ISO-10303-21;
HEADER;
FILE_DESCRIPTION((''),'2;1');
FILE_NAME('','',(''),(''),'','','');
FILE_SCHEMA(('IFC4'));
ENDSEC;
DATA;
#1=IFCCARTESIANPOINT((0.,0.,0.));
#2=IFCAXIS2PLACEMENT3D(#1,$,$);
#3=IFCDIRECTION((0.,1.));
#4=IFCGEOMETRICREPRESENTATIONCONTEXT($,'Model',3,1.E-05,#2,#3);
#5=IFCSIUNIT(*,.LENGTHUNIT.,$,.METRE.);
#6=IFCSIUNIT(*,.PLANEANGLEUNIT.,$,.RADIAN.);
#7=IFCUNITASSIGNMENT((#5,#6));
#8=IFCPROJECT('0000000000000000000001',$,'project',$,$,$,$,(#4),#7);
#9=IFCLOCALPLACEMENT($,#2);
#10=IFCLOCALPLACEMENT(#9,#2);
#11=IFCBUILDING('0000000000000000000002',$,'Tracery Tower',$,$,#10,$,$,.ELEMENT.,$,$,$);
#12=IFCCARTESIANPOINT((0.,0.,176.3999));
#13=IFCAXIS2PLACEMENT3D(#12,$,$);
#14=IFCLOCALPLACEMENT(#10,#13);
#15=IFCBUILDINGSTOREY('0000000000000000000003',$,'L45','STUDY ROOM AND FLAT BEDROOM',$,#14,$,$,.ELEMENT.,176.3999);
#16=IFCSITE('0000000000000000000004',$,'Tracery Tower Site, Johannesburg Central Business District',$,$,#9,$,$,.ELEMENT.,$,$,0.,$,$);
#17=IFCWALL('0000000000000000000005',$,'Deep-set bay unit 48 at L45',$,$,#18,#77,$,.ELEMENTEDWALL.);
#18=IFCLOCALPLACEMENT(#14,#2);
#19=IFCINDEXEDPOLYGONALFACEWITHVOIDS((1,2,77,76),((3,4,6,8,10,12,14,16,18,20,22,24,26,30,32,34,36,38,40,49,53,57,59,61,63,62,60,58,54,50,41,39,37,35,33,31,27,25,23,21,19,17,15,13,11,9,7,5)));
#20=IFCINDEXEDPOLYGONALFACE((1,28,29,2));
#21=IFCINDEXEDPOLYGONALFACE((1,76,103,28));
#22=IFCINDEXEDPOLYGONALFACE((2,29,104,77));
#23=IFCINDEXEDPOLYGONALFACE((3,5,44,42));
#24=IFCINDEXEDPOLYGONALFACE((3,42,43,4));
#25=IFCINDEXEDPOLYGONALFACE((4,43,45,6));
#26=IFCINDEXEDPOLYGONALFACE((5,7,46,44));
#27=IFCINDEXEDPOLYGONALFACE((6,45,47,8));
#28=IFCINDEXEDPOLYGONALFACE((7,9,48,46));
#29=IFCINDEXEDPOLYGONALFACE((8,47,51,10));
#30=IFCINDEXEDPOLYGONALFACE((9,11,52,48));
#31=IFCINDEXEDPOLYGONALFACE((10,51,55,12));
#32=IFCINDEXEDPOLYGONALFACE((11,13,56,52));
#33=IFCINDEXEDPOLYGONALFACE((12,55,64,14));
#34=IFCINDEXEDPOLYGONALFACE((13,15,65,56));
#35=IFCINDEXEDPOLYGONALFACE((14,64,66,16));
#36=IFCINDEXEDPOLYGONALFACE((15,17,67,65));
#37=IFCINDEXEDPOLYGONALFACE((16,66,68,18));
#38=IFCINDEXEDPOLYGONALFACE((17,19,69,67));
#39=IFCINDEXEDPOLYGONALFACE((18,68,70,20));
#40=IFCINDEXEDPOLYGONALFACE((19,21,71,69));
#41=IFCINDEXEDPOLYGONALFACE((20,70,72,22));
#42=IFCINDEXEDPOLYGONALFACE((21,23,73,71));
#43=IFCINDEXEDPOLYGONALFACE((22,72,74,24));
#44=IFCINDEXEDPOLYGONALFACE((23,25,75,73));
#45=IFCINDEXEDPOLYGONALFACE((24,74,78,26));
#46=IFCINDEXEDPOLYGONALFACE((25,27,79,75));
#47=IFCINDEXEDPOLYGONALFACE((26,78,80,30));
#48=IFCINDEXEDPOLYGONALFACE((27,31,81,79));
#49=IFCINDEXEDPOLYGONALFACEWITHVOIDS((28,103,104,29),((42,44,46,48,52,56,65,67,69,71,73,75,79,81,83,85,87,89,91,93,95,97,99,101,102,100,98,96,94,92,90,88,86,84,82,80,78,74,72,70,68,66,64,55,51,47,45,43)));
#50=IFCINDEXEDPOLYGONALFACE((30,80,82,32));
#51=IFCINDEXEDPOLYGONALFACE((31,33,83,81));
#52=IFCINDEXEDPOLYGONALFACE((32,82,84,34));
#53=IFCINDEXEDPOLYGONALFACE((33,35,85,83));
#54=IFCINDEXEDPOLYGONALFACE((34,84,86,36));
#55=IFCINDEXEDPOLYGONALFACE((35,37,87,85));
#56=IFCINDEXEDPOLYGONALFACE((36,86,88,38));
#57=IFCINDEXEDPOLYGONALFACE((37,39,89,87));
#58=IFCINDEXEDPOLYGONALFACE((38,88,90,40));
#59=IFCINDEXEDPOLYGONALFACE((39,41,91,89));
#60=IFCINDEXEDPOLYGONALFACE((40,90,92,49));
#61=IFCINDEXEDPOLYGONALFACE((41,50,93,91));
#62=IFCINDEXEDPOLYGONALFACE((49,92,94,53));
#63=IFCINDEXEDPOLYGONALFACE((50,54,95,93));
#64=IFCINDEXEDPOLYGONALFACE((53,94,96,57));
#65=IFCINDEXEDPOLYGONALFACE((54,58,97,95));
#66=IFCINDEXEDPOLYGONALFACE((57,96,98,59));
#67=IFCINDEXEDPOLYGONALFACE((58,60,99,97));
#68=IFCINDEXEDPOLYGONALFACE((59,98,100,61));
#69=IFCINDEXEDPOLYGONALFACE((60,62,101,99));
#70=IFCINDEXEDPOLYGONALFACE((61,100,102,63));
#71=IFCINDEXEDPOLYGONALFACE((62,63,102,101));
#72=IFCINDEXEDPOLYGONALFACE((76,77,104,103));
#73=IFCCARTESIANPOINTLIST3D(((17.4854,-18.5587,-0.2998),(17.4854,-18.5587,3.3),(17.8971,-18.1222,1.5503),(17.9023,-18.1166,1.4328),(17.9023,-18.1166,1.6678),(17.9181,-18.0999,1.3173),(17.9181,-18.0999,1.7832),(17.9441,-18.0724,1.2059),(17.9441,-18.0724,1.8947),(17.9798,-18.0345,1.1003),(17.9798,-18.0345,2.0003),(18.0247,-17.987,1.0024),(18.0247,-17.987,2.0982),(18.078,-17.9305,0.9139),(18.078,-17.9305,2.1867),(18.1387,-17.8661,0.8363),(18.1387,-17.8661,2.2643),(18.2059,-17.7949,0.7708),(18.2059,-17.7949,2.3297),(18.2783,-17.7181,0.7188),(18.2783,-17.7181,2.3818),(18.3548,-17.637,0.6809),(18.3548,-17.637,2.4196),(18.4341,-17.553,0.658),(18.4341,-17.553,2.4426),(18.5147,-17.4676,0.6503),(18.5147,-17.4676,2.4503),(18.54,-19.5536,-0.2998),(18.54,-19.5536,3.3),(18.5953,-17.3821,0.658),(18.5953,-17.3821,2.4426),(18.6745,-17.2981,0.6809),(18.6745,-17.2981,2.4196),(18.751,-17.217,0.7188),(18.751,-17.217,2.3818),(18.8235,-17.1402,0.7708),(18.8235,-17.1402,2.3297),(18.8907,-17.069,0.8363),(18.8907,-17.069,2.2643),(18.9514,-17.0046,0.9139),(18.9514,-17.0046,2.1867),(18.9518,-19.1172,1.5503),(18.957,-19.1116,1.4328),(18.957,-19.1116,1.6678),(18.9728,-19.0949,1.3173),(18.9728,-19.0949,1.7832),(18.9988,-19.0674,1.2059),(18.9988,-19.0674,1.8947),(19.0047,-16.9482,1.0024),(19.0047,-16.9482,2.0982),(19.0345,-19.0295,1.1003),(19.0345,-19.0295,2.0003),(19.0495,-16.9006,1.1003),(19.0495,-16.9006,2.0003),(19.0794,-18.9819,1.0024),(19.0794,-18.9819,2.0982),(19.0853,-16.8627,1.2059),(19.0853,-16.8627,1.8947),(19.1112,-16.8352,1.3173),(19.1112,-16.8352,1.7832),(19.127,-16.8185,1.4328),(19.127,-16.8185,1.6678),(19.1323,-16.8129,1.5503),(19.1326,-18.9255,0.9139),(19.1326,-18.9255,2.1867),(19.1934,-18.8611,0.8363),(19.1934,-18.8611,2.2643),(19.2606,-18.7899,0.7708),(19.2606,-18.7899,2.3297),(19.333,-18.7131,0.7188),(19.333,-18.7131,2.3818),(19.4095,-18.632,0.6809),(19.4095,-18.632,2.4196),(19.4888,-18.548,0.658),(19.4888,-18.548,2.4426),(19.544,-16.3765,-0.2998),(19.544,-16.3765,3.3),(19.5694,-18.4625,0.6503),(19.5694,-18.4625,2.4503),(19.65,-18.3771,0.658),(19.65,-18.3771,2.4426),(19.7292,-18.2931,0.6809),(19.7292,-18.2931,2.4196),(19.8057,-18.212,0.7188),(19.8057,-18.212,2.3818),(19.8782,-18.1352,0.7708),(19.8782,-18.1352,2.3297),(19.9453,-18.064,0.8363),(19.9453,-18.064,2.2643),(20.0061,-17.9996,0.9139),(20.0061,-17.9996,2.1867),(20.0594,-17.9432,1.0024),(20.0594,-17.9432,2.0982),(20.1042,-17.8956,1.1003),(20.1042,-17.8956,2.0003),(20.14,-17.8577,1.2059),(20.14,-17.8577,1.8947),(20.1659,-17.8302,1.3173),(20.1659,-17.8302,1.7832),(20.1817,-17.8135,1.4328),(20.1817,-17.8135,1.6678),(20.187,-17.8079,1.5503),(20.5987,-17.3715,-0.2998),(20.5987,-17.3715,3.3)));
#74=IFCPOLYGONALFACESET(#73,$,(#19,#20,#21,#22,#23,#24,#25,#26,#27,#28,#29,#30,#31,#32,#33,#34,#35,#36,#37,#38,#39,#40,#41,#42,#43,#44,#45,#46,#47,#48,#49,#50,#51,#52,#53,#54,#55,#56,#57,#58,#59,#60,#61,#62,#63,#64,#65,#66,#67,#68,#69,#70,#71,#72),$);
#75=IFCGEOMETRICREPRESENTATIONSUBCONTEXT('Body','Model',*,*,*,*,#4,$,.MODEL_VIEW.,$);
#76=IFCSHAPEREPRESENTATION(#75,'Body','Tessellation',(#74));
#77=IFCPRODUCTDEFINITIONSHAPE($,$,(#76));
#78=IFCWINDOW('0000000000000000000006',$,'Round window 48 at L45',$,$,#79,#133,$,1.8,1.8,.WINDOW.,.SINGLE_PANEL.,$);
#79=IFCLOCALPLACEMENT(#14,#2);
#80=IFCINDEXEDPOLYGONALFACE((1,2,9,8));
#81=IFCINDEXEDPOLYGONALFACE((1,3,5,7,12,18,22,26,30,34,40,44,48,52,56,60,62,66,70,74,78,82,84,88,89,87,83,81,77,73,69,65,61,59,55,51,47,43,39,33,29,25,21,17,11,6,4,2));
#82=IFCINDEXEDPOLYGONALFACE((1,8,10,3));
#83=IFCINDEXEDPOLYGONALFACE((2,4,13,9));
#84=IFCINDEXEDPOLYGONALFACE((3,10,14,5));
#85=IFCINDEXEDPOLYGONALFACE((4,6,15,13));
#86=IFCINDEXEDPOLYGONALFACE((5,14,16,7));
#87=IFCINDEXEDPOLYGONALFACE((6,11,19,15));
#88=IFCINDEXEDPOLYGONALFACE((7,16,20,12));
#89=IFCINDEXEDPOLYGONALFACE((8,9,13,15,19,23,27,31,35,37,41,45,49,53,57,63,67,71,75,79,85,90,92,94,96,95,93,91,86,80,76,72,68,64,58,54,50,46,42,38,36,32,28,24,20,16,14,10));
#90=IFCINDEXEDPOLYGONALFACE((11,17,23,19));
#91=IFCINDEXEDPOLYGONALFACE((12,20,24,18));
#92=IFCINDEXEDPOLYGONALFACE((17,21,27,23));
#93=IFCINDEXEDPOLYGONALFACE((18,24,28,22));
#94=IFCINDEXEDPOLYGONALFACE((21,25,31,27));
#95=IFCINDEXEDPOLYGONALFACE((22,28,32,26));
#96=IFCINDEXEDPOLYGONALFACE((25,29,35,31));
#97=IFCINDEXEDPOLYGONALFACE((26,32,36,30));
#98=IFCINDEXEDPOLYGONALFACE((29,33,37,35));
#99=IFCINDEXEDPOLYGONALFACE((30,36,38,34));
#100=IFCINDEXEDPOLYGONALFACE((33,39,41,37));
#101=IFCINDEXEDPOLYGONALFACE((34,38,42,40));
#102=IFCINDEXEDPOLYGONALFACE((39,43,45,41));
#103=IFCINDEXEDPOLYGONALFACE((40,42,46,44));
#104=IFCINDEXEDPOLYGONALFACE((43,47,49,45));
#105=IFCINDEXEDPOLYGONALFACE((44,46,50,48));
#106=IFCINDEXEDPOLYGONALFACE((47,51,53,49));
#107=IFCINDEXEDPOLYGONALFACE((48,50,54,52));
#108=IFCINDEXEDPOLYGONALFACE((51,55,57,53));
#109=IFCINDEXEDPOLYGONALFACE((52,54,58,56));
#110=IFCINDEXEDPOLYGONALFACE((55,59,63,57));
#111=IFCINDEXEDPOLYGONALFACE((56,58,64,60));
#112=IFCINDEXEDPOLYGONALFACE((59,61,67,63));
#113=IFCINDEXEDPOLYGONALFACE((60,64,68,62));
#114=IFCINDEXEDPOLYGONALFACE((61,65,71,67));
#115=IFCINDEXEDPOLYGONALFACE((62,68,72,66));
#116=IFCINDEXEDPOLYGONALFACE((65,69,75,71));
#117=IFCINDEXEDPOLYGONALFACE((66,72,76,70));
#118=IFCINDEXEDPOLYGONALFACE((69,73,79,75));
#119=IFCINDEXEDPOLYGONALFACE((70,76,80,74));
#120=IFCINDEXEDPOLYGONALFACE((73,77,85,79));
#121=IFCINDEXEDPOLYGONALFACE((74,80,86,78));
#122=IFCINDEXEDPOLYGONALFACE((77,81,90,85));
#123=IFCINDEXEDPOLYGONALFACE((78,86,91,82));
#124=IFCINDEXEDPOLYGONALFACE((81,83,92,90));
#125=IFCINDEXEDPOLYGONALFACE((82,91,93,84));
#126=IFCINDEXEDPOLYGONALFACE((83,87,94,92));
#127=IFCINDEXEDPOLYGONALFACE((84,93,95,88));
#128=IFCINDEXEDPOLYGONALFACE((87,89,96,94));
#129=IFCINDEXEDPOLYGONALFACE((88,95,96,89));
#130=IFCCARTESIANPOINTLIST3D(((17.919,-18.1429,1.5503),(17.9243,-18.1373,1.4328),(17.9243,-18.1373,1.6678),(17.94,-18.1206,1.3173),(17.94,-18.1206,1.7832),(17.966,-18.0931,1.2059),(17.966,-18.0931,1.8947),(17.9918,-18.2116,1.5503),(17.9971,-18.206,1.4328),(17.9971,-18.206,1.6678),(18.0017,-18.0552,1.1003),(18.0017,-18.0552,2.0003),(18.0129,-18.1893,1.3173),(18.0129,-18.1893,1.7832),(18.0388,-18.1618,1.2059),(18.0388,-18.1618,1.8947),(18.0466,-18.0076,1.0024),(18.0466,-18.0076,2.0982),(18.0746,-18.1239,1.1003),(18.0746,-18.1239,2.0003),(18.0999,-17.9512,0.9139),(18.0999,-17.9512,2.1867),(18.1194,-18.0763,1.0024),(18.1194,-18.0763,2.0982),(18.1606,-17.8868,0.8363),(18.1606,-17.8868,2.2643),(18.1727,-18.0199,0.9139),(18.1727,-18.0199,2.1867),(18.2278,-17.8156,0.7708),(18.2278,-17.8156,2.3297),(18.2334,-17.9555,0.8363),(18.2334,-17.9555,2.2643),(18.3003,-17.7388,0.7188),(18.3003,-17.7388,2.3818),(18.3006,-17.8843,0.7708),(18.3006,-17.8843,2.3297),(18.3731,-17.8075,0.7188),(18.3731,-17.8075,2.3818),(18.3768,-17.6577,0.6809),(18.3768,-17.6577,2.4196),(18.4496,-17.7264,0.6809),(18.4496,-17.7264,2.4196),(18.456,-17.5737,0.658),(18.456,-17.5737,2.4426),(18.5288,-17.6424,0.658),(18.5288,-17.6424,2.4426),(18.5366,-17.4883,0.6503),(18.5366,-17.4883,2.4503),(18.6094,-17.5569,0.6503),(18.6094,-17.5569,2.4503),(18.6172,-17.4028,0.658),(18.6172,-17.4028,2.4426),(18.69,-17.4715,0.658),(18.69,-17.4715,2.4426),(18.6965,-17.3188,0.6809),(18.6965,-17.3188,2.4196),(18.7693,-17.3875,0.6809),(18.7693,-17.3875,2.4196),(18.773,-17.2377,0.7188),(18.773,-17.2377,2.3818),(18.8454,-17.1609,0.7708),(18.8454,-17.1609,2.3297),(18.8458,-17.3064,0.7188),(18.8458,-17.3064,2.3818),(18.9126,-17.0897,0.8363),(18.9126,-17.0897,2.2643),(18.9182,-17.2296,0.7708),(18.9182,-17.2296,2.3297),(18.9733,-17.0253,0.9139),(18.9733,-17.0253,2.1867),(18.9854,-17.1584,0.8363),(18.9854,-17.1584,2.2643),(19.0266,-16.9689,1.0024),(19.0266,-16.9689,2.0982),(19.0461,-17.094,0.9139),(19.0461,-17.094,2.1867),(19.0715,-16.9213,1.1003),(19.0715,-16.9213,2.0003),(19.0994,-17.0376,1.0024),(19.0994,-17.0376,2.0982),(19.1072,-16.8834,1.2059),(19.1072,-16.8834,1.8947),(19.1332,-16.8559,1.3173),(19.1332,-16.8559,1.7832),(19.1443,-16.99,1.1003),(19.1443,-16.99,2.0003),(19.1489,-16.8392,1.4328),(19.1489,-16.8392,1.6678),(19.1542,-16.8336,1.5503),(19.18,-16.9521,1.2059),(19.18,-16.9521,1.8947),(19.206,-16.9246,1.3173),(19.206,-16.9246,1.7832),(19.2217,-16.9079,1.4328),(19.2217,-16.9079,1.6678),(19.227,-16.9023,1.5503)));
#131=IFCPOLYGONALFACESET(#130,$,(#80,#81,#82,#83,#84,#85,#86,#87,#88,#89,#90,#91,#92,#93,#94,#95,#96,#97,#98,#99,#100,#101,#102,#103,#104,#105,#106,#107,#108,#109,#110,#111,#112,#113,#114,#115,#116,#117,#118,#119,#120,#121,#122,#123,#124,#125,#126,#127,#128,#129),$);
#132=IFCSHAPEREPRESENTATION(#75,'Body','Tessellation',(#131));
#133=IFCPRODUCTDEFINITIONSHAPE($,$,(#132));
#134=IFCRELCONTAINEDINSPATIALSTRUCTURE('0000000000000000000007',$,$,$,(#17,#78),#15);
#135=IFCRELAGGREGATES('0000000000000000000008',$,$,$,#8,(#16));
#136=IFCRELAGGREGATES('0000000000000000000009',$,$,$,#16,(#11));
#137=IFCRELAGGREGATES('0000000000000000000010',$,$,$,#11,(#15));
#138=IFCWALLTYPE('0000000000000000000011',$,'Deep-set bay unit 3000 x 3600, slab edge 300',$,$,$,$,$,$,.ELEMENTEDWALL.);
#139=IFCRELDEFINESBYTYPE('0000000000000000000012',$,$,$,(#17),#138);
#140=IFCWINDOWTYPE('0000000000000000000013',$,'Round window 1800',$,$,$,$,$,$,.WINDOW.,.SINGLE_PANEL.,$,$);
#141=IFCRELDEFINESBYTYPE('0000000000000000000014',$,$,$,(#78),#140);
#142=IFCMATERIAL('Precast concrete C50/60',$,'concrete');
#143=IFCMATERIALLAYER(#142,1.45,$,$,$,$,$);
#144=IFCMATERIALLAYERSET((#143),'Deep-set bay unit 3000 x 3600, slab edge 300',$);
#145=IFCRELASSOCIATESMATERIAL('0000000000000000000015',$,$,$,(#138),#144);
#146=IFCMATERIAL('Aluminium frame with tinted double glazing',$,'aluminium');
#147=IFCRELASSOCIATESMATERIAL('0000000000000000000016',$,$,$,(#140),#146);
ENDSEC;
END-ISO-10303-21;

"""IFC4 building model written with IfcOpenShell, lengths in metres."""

from ifc_helpers import new_model, si_unit, direction, frame, frame_2d, origin, origin_2d, place, context, subcontext, project, spatial, rectangle, circle, extrude, material, layer, layer_set, type_object, element, fill, save


model = new_model("IFC4")

# Units and contexts
model_context = context("Model", 3, precision=1e-05, world=origin(), true_north=direction((0.0, 1.0)))
body_context = subcontext(model_context, "Body", "Model", "MODEL_VIEW")
ifc_project = project(units=[si_unit("LENGTHUNIT", "METRE"), si_unit("PLANEANGLEUNIT", "RADIAN")], contexts=[model_context])

# Site, building, storey
site_placement = place(None, origin())
site = spatial("IfcSite", under=ifc_project, at=site_placement, Name="Tracery Tower Site, Johannesburg Central Business District", CompositionType="ELEMENT", RefElevation=0.0)
building_placement = place(site_placement, origin())
building = spatial("IfcBuilding", under=site, at=building_placement, Name="Tracery Tower", CompositionType="ELEMENT")
storey_placement = place(building_placement, frame((0.0, 0.0, 176.3999)))
storey = spatial("IfcBuildingStorey", under=building, at=storey_placement, Name="L45", Description="STUDY ROOM AND FLAT BEDROOM", CompositionType="ELEMENT", Elevation=176.3999)

# Wall, opening, window
ifc_material_1 = material(Name="Precast concrete C50/60", Category="concrete")
ifc_layer_1 = layer(ifc_material_1, 1.45)
ifc_layer_set_1 = layer_set([ifc_layer_1], Name="Deep-set bay unit 3000 x 3600, slab edge 300")
wall_type_1 = type_object("IfcWallType", Name="Deep-set bay unit 3000 x 3600, slab edge 300", PredefinedType="ELEMENTEDWALL", material=ifc_layer_set_1)
ifc_material_2 = material(Name="Aluminium frame with tinted double glazing", Category="aluminium")
window_type = type_object("IfcWindowType", Name="Round window 1800", PartitioningType="SINGLE_PANEL", PredefinedType="WINDOW", material=ifc_material_2)
wall_1_placement = place(storey_placement, frame((18.0127, -19.0562, -0.2998), z_axis=(0.0, 0.0, 1.0), x_axis=(0.686217, 0.727397, 0.0)))
wall_1 = element("IfcWall", 1, at=wall_1_placement, inside=storey, type_object=wall_type_1, Name="Deep-set bay unit 48 at L45", PredefinedType="ELEMENTEDWALL", context=body_context, shape_type="SweptSolid", body=[
    extrude(rectangle(XDim=3.0, YDim=1.45, at=frame_2d((1.5, 0.0))), origin(), (0.0, 0.0, 1.0), 3.5999),
])
opening_1_placement = place(wall_1_placement, frame((1.5, 0.0, 1.8501)))
opening_1 = element("IfcOpeningElement", 2, at=opening_1_placement, cuts=wall_1, PredefinedType="OPENING", context=body_context, shape_type="SweptSolid", body=[
    extrude(circle(Radius=0.9, at=origin_2d()), frame((0.0, 0.7349, 0.0), z_axis=(0.0, -1.0, 0.0), x_axis=(1.0, 0.0, 0.0)), (0.0, 0.0, 1.0), 1.47),
])
window_1_placement = place(opening_1_placement, origin())
window_1 = element("IfcWindow", 3, at=window_1_placement, inside=storey, type_object=window_type, Name="Round window 48 at L45", OverallHeight=1.8, OverallWidth=1.8, PartitioningType="SINGLE_PANEL", PredefinedType="WINDOW", context=body_context, shape_type="SweptSolid", body=[
    extrude(circle(Radius=0.9, at=origin_2d()), frame((0.0, 0.6948, 0.0), z_axis=(0.0, -1.0, 0.0), x_axis=(1.0, 0.0, 0.0)), (0.0, 0.0, 1.0), 0.1001),
])
fill(opening_1, window_1)

save(model, "model.ifc")
